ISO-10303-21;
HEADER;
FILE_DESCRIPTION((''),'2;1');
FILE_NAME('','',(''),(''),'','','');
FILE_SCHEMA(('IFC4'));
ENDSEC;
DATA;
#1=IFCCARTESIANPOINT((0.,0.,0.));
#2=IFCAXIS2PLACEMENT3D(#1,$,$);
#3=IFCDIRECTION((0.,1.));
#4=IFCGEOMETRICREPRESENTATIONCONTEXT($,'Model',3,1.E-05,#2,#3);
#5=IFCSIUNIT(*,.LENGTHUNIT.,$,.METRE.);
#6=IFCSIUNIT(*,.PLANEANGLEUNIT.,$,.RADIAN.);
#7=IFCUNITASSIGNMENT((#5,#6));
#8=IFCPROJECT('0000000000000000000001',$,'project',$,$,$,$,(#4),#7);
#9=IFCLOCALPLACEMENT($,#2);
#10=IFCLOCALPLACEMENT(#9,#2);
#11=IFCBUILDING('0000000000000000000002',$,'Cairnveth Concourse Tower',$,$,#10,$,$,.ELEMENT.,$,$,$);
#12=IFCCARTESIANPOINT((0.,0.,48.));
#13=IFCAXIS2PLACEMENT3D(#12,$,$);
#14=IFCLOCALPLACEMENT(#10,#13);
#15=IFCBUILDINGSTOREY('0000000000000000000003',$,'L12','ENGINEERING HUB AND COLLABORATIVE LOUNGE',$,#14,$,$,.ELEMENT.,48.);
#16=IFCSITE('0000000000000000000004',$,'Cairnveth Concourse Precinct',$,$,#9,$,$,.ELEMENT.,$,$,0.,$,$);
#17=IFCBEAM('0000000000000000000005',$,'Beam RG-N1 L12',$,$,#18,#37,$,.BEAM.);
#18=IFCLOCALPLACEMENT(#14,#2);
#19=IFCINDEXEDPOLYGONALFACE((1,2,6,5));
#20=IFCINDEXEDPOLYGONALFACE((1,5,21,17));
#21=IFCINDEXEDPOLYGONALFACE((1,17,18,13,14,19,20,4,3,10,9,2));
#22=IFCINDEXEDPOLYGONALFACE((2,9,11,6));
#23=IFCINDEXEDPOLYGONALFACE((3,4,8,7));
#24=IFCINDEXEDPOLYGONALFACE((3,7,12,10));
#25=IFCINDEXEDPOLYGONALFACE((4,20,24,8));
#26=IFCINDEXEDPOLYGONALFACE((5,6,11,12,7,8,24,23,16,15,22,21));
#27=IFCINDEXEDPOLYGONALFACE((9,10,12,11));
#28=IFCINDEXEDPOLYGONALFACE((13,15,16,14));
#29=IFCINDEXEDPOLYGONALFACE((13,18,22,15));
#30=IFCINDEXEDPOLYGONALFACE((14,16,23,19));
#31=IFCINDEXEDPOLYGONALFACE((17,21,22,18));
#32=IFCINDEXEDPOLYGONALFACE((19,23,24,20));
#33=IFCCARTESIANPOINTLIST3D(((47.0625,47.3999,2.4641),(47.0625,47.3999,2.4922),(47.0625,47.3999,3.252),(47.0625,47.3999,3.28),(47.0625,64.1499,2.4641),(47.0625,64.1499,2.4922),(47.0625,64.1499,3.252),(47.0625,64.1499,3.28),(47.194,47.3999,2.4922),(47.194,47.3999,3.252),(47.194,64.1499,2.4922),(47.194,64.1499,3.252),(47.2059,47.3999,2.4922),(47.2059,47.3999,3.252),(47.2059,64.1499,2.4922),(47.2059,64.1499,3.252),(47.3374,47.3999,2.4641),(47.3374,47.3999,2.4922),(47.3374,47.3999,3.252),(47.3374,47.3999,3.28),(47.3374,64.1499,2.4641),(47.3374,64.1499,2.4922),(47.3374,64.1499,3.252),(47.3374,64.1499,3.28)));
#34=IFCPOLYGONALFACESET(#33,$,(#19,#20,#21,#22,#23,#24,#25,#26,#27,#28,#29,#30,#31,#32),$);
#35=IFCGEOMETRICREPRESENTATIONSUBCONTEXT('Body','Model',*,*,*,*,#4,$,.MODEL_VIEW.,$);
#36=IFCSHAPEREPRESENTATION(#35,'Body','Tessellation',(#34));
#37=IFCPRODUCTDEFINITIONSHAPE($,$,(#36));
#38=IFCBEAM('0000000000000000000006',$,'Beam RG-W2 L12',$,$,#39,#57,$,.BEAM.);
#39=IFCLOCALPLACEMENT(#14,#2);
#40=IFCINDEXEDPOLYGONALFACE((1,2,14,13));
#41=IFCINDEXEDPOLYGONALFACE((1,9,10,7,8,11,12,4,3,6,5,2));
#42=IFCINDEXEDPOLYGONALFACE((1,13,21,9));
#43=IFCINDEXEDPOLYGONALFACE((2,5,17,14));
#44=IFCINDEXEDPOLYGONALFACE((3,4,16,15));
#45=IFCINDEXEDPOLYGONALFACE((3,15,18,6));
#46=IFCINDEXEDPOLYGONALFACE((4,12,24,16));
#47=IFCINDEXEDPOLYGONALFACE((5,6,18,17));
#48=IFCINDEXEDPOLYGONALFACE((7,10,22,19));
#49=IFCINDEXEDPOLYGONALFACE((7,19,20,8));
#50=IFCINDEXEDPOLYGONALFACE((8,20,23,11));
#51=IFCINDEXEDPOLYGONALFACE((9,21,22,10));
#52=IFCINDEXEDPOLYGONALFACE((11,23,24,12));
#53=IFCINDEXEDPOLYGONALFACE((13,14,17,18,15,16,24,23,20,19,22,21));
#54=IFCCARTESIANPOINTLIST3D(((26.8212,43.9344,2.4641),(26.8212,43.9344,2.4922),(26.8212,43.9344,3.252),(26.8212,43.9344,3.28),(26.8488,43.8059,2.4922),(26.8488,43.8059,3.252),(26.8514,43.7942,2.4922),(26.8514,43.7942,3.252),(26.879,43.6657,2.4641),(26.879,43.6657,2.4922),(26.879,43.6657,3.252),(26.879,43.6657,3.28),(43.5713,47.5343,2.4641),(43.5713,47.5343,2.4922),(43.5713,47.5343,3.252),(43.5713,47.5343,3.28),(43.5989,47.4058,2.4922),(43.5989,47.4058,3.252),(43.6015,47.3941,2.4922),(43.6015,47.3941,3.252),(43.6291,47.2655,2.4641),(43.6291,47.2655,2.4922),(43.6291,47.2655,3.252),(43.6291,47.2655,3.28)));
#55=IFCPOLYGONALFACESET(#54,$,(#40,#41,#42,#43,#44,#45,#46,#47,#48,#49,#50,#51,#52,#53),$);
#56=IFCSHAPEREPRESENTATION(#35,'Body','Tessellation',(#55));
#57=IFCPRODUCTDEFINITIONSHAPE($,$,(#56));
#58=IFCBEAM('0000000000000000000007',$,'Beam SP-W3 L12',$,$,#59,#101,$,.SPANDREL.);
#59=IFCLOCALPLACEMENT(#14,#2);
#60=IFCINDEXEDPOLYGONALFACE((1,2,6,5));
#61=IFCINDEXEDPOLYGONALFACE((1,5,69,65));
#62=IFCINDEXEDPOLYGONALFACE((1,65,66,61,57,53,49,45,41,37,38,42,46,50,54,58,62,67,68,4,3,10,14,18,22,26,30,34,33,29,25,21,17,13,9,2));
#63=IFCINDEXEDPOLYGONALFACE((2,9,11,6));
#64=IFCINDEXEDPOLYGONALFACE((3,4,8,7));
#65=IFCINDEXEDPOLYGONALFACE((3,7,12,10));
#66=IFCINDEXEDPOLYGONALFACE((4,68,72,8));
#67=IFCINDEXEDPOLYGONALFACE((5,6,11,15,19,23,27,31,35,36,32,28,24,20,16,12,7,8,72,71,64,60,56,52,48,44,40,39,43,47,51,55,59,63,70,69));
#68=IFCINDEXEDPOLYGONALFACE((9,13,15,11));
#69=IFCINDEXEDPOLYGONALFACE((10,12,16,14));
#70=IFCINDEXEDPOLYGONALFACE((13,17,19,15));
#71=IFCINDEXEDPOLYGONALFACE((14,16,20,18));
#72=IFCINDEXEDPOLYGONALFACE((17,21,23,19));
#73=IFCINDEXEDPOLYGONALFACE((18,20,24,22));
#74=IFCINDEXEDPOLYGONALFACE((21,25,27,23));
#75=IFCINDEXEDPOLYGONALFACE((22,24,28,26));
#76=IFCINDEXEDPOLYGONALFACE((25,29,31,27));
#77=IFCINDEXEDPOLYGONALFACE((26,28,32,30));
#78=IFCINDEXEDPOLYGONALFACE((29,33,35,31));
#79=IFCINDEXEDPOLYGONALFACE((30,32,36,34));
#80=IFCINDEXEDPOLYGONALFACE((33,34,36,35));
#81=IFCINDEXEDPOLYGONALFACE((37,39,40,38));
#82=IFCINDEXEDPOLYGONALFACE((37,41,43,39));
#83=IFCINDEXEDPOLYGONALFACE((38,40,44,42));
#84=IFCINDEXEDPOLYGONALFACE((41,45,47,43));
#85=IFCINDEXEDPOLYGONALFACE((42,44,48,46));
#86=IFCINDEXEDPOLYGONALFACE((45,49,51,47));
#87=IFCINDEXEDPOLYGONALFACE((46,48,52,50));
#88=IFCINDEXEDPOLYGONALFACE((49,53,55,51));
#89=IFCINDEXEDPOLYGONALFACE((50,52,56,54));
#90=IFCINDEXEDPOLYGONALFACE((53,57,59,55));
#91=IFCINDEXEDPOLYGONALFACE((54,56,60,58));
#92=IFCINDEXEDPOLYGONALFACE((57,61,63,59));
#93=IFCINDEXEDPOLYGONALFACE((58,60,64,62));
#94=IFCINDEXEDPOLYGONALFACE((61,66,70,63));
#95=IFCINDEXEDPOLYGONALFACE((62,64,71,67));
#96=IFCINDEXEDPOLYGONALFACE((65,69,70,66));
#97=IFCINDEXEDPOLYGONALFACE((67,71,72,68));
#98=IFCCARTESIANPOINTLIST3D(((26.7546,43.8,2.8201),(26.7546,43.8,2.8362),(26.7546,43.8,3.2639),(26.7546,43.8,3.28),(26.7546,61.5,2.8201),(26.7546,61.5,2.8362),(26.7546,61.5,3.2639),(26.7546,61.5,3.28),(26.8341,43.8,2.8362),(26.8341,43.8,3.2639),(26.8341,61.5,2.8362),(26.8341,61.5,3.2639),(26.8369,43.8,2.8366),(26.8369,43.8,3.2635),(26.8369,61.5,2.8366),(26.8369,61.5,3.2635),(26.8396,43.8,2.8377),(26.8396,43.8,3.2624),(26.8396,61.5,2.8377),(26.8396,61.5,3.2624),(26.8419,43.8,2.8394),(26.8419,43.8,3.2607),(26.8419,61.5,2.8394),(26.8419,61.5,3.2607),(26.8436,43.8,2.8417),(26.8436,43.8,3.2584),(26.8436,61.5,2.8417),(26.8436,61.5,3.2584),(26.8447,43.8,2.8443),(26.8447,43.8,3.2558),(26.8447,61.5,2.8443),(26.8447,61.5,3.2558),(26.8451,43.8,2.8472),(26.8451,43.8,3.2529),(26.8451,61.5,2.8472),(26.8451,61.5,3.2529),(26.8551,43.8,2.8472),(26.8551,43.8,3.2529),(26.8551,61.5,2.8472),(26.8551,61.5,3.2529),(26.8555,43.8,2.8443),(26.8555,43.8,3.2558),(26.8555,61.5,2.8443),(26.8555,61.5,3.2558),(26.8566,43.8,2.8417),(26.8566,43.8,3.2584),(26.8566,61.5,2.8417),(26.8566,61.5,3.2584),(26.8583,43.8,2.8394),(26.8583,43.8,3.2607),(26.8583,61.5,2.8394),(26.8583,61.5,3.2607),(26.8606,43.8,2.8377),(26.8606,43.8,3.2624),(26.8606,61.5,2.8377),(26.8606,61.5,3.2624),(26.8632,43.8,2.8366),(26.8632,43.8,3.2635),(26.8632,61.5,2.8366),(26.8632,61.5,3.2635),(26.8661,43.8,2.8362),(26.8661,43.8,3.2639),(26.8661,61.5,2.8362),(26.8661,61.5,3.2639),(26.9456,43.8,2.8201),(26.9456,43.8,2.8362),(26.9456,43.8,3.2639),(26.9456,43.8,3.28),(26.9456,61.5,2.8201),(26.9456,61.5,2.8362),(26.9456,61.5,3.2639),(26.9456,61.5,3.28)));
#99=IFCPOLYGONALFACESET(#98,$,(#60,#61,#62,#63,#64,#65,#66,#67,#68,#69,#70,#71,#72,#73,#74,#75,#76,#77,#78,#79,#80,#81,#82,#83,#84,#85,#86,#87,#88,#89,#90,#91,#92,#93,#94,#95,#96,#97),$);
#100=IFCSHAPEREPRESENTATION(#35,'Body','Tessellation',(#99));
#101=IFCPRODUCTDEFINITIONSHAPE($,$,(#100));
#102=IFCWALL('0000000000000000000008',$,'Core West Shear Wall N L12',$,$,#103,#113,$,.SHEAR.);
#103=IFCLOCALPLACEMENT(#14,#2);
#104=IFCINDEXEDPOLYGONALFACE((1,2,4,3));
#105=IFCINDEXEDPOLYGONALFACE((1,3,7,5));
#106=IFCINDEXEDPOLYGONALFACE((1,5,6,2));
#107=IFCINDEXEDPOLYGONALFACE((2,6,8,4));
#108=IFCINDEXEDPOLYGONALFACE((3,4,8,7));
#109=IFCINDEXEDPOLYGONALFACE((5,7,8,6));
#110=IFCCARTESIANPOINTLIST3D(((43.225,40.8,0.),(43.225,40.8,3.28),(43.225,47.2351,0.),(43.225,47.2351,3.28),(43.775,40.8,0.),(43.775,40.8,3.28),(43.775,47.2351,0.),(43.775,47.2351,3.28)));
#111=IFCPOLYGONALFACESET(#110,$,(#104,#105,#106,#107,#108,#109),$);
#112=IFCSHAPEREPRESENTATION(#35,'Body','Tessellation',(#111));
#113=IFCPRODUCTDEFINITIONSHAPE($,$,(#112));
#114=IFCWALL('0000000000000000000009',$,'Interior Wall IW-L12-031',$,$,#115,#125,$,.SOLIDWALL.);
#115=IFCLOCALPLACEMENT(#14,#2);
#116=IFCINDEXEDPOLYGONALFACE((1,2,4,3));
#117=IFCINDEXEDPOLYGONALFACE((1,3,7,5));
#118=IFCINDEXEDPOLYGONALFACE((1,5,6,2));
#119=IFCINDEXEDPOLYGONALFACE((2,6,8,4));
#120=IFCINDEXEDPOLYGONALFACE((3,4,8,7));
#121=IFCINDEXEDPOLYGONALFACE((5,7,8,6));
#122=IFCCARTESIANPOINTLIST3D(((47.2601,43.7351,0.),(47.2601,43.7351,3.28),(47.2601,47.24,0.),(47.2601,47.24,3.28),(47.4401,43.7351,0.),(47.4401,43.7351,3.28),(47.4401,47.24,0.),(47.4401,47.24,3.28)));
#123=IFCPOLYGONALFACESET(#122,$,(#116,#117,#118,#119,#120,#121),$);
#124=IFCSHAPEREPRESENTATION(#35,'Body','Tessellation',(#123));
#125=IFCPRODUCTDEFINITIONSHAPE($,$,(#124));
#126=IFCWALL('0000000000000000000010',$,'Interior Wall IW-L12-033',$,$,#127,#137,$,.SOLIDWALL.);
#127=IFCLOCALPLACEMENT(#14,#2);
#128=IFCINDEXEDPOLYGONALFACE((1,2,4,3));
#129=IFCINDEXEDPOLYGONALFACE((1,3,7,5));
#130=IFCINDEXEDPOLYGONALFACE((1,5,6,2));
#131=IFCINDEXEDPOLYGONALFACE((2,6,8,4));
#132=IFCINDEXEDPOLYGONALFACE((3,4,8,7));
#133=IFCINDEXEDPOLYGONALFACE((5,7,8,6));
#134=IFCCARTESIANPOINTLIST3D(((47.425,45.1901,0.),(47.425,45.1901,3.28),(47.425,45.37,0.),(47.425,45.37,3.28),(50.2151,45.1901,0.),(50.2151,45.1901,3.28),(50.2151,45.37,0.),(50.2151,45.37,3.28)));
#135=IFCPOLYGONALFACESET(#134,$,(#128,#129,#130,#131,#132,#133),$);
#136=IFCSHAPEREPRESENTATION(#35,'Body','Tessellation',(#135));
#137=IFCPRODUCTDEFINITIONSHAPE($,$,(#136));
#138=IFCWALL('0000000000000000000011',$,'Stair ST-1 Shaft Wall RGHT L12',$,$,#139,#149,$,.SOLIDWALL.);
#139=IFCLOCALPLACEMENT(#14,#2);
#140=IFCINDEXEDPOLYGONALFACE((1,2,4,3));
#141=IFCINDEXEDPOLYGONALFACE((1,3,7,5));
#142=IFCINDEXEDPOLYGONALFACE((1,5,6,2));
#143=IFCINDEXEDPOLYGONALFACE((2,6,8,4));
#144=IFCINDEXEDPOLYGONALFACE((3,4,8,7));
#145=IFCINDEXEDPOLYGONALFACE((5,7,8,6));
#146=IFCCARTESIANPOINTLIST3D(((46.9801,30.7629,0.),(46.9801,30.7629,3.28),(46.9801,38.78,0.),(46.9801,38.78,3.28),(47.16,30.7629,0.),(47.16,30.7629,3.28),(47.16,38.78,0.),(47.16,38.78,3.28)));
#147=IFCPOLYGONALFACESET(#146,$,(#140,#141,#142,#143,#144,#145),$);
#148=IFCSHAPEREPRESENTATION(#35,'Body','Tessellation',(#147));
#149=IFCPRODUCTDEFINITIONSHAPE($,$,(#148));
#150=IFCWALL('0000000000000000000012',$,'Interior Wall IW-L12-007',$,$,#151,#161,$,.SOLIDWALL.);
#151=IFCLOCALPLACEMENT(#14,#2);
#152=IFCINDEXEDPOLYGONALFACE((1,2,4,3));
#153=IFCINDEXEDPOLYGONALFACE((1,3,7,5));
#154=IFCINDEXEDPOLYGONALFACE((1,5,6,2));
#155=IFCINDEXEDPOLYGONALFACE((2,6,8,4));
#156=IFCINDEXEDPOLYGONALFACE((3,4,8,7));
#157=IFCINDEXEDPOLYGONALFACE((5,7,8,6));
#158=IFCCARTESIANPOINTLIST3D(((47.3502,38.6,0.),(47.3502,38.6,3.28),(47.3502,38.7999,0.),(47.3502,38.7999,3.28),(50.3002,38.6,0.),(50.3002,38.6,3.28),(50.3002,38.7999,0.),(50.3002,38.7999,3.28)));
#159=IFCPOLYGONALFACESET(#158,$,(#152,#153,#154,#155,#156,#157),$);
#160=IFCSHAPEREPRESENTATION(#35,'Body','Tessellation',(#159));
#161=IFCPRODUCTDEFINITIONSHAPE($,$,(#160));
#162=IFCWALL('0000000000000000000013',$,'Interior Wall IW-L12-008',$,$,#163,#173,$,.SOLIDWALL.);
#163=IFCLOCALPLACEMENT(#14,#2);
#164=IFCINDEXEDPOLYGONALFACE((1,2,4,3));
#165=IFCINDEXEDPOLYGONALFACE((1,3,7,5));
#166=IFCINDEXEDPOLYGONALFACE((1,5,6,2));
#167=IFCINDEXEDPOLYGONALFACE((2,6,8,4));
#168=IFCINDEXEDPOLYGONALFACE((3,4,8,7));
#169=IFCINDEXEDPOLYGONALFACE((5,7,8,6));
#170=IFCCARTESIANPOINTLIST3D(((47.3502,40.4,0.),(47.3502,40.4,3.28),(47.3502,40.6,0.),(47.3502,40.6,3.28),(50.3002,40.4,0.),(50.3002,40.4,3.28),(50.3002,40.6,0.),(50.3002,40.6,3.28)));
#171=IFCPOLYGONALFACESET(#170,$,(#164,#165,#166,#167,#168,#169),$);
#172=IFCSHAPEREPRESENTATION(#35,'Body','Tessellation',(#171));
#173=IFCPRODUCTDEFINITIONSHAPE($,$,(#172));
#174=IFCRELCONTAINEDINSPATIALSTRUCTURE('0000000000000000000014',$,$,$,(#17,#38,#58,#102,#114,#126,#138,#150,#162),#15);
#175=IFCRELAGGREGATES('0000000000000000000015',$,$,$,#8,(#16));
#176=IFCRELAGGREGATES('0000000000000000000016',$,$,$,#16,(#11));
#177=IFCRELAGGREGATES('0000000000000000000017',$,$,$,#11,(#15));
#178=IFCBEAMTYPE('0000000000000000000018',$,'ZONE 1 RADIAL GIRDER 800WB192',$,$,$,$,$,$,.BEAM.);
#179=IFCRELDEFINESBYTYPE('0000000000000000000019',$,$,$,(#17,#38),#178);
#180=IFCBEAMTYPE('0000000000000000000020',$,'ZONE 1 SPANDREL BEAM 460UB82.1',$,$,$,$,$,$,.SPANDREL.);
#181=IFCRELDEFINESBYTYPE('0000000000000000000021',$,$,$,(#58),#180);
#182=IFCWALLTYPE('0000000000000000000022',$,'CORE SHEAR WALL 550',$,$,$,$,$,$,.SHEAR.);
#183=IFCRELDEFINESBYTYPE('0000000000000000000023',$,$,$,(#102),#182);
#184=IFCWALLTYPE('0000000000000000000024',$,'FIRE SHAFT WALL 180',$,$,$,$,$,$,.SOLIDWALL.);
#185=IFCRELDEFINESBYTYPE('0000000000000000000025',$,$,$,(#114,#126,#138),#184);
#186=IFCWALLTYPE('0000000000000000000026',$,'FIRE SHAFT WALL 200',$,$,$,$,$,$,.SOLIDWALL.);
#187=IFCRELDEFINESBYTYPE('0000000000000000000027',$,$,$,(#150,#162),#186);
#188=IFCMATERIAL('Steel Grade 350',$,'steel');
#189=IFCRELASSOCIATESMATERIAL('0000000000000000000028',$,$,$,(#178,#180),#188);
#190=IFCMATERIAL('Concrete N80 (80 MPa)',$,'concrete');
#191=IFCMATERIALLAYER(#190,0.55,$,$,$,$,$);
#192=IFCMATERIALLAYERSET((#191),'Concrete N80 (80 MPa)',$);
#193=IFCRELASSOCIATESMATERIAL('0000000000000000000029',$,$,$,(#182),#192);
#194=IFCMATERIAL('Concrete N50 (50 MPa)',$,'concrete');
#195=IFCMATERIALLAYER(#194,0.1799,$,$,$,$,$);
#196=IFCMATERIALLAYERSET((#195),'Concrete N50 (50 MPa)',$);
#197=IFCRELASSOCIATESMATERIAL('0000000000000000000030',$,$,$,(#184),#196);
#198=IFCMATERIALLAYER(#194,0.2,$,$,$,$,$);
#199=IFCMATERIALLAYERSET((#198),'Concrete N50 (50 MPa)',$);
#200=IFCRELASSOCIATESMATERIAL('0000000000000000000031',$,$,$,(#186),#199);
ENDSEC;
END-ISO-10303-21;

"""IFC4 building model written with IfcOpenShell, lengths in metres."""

from ifc_helpers import new_model, si_unit, direction, frame, frame_2d, origin, origin_2d, place, context, subcontext, project, spatial, rectangle, i_section, extrude, material, layer, layer_set, material_profile, profile_set, type_object, element, save


model = new_model("IFC4")

# Units and contexts
model_context = context("Model", 3, precision=1e-05, world=origin(), true_north=direction((0.0, 1.0)))
body_context = subcontext(model_context, "Body", "Model", "MODEL_VIEW")
ifc_project = project(units=[si_unit("LENGTHUNIT", "METRE"), si_unit("PLANEANGLEUNIT", "RADIAN")], contexts=[model_context])

# Site, building, storey
site_placement = place(None, origin())
site = spatial("IfcSite", under=ifc_project, at=site_placement, Name="Cairnveth Concourse Precinct", CompositionType="ELEMENT", RefElevation=0.0)
building_placement = place(site_placement, origin())
building = spatial("IfcBuilding", under=site, at=building_placement, Name="Cairnveth Concourse Tower", CompositionType="ELEMENT")
storey_placement = place(building_placement, frame((0.0, 0.0, 48.0)))
storey = spatial("IfcBuildingStorey", under=building, at=storey_placement, Name="L12", Description="ENGINEERING HUB AND COLLABORATIVE LOUNGE", CompositionType="ELEMENT", Elevation=48.0)

# Shared definitions
ifc_material_1 = material(Name="Concrete N80 (80 MPa)", Category="concrete")

# Beams
ifc_material_2 = material(Name="Steel Grade 350", Category="steel")
ifc_material_profile_1 = material_profile(ifc_material_2, i_section(OverallWidth=0.2749, OverallDepth=0.8159, WebThickness=0.012, FlangeThickness=0.0281, at=origin_2d()), Name="800WB192")
ifc_profile_set_1 = profile_set([ifc_material_profile_1], Name="Steel Grade 350")
beam_type_1 = type_object("IfcBeamType", Name="ZONE 1 RADIAL GIRDER 800WB192", PredefinedType="BEAM", material=ifc_profile_set_1)
beam_1_placement = place(storey_placement, frame((47.2, 47.3999, 2.8721), z_axis=(0.0, 1.0, 0.0), x_axis=(-1.0, 0.0, 0.0)))
element("IfcBeam", 1, at=beam_1_placement, inside=storey, type_object=beam_type_1, Name="Beam RG-N1 L12", PredefinedType="BEAM", context=body_context, shape_type="SweptSolid", body=[
    extrude(i_section(OverallWidth=0.2749, OverallDepth=0.8159, WebThickness=0.012, FlangeThickness=0.0281, at=origin_2d()), origin(), (0.0, 0.0, 1.0), 16.75),
])
beam_2_placement = place(storey_placement, frame((26.8501, 43.8, 2.8721), z_axis=(0.977676, 0.210119, 0.0), x_axis=(-0.210119, 0.977676, 0.0)))
element("IfcBeam", 2, at=beam_2_placement, inside=storey, type_object=beam_type_1, Name="Beam RG-W2 L12", PredefinedType="BEAM", context=body_context, shape_type="SweptSolid", body=[
    extrude(i_section(OverallWidth=0.2749, OverallDepth=0.8159, WebThickness=0.012, FlangeThickness=0.0281, at=origin_2d()), origin(), (0.0, 0.0, 1.0), 17.1326),
])
ifc_material_profile_2 = material_profile(ifc_material_2, i_section(OverallWidth=0.1909, OverallDepth=0.46, WebThickness=0.01, FlangeThickness=0.0161, FilletRadius=0.011, at=origin_2d()), Name="460UB82.1")
ifc_profile_set_2 = profile_set([ifc_material_profile_2], Name="Steel Grade 350")
beam_type_2 = type_object("IfcBeamType", Name="ZONE 1 SPANDREL BEAM 460UB82.1", PredefinedType="SPANDREL", material=ifc_profile_set_2)
beam_3_placement = place(storey_placement, frame((26.8501, 43.8, 3.05), z_axis=(0.0, 1.0, 0.0), x_axis=(-1.0, 0.0, 0.0)))
element("IfcBeam", 3, at=beam_3_placement, inside=storey, type_object=beam_type_2, Name="Beam SP-W3 L12", PredefinedType="SPANDREL", context=body_context, shape_type="SweptSolid", body=[
    extrude(i_section(OverallWidth=0.1909, OverallDepth=0.46, WebThickness=0.01, FlangeThickness=0.0161, FilletRadius=0.011, at=origin_2d()), origin(), (0.0, 0.0, 1.0), 17.7),
])

# Walls
ifc_layer_1 = layer(ifc_material_1, 0.55)
ifc_layer_set_1 = layer_set([ifc_layer_1], Name="Concrete N80 (80 MPa)")
wall_type_1 = type_object("IfcWallType", Name="CORE SHEAR WALL 550", PredefinedType="SHEAR", material=ifc_layer_set_1)
wall_1_placement = place(storey_placement, frame((43.5, 40.8, 0.0), z_axis=(0.0, 0.0, 1.0), x_axis=(0.0, 1.0, 0.0)))
element("IfcWall", 4, at=wall_1_placement, inside=storey, type_object=wall_type_1, Name="Core West Shear Wall N L12", PredefinedType="SHEAR", context=body_context, shape_type="SweptSolid", body=[
    extrude(rectangle(XDim=6.4351, YDim=0.55, at=frame_2d((3.2175, 0.0))), origin(), (0.0, 0.0, 1.0), 3.28),
])
ifc_material_3 = material(Name="Concrete N50 (50 MPa)", Category="concrete")
ifc_layer_2 = layer(ifc_material_3, 0.1799)
ifc_layer_set_2 = layer_set([ifc_layer_2], Name="Concrete N50 (50 MPa)")
wall_type_2 = type_object("IfcWallType", Name="FIRE SHAFT WALL 180", PredefinedType="SOLIDWALL", material=ifc_layer_set_2)
wall_2_placement = place(storey_placement, frame((47.3501, 43.7351, 0.0), z_axis=(0.0, 0.0, 1.0), x_axis=(0.0, 1.0, 0.0)))
element("IfcWall", 5, at=wall_2_placement, inside=storey, type_object=wall_type_2, Name="Interior Wall IW-L12-031", PredefinedType="SOLIDWALL", context=body_context, shape_type="SweptSolid", body=[
    extrude(rectangle(XDim=3.5049, YDim=0.1799, at=frame_2d((1.7524, 0.0))), origin(), (0.0, 0.0, 1.0), 3.28),
])
wall_3_placement = place(storey_placement, frame((47.425, 45.28, 0.0), z_axis=(0.0, 0.0, 1.0), x_axis=(1.0, 0.0, 0.0)))
element("IfcWall", 6, at=wall_3_placement, inside=storey, type_object=wall_type_2, Name="Interior Wall IW-L12-033", PredefinedType="SOLIDWALL", context=body_context, shape_type="SweptSolid", body=[
    extrude(rectangle(XDim=2.79, YDim=0.1799, at=frame_2d((1.395, 0.0))), origin(), (0.0, 0.0, 1.0), 3.28),
])

# Walls
wall_4_placement = place(storey_placement, frame((47.0701, 38.78, 0.0), z_axis=(0.0, 0.0, 1.0), x_axis=(0.0, -1.0, 0.0)))
element("IfcWall", 7, at=wall_4_placement, inside=storey, type_object=wall_type_2, Name="Stair ST-1 Shaft Wall RGHT L12", PredefinedType="SOLIDWALL", context=body_context, shape_type="SweptSolid", body=[
    extrude(rectangle(XDim=8.0171, YDim=0.1799, at=frame_2d((4.0085, 0.0))), origin(), (0.0, 0.0, 1.0), 3.28),
])
ifc_layer_3 = layer(ifc_material_3, 0.2)
ifc_layer_set_3 = layer_set([ifc_layer_3], Name="Concrete N50 (50 MPa)")
wall_type_3 = type_object("IfcWallType", Name="FIRE SHAFT WALL 200", PredefinedType="SOLIDWALL", material=ifc_layer_set_3)
for number, where, z_axis, x_axis, name in (
    (8, (47.3501, 38.7, 0.0), (0.0, 0.0, 1.0), (1.0, 0.0, 0.0), "Interior Wall IW-L12-007"),
    (9, (47.3501, 40.5, 0.0), (0.0, 0.0, 1.0), (1.0, 0.0, 0.0), "Interior Wall IW-L12-008"),
):
    element("IfcWall", number, at=place(storey_placement, frame(where, z_axis=z_axis, x_axis=x_axis)), inside=storey, type_object=wall_type_3, Name=name, PredefinedType="SOLIDWALL", context=body_context, shape_type="SweptSolid", body=[
        extrude(rectangle(XDim=2.95, YDim=0.2, at=frame_2d((1.4751, 0.0))), origin(), (0.0, 0.0, 1.0), 3.28),
    ])

save(model, "model.ifc")
